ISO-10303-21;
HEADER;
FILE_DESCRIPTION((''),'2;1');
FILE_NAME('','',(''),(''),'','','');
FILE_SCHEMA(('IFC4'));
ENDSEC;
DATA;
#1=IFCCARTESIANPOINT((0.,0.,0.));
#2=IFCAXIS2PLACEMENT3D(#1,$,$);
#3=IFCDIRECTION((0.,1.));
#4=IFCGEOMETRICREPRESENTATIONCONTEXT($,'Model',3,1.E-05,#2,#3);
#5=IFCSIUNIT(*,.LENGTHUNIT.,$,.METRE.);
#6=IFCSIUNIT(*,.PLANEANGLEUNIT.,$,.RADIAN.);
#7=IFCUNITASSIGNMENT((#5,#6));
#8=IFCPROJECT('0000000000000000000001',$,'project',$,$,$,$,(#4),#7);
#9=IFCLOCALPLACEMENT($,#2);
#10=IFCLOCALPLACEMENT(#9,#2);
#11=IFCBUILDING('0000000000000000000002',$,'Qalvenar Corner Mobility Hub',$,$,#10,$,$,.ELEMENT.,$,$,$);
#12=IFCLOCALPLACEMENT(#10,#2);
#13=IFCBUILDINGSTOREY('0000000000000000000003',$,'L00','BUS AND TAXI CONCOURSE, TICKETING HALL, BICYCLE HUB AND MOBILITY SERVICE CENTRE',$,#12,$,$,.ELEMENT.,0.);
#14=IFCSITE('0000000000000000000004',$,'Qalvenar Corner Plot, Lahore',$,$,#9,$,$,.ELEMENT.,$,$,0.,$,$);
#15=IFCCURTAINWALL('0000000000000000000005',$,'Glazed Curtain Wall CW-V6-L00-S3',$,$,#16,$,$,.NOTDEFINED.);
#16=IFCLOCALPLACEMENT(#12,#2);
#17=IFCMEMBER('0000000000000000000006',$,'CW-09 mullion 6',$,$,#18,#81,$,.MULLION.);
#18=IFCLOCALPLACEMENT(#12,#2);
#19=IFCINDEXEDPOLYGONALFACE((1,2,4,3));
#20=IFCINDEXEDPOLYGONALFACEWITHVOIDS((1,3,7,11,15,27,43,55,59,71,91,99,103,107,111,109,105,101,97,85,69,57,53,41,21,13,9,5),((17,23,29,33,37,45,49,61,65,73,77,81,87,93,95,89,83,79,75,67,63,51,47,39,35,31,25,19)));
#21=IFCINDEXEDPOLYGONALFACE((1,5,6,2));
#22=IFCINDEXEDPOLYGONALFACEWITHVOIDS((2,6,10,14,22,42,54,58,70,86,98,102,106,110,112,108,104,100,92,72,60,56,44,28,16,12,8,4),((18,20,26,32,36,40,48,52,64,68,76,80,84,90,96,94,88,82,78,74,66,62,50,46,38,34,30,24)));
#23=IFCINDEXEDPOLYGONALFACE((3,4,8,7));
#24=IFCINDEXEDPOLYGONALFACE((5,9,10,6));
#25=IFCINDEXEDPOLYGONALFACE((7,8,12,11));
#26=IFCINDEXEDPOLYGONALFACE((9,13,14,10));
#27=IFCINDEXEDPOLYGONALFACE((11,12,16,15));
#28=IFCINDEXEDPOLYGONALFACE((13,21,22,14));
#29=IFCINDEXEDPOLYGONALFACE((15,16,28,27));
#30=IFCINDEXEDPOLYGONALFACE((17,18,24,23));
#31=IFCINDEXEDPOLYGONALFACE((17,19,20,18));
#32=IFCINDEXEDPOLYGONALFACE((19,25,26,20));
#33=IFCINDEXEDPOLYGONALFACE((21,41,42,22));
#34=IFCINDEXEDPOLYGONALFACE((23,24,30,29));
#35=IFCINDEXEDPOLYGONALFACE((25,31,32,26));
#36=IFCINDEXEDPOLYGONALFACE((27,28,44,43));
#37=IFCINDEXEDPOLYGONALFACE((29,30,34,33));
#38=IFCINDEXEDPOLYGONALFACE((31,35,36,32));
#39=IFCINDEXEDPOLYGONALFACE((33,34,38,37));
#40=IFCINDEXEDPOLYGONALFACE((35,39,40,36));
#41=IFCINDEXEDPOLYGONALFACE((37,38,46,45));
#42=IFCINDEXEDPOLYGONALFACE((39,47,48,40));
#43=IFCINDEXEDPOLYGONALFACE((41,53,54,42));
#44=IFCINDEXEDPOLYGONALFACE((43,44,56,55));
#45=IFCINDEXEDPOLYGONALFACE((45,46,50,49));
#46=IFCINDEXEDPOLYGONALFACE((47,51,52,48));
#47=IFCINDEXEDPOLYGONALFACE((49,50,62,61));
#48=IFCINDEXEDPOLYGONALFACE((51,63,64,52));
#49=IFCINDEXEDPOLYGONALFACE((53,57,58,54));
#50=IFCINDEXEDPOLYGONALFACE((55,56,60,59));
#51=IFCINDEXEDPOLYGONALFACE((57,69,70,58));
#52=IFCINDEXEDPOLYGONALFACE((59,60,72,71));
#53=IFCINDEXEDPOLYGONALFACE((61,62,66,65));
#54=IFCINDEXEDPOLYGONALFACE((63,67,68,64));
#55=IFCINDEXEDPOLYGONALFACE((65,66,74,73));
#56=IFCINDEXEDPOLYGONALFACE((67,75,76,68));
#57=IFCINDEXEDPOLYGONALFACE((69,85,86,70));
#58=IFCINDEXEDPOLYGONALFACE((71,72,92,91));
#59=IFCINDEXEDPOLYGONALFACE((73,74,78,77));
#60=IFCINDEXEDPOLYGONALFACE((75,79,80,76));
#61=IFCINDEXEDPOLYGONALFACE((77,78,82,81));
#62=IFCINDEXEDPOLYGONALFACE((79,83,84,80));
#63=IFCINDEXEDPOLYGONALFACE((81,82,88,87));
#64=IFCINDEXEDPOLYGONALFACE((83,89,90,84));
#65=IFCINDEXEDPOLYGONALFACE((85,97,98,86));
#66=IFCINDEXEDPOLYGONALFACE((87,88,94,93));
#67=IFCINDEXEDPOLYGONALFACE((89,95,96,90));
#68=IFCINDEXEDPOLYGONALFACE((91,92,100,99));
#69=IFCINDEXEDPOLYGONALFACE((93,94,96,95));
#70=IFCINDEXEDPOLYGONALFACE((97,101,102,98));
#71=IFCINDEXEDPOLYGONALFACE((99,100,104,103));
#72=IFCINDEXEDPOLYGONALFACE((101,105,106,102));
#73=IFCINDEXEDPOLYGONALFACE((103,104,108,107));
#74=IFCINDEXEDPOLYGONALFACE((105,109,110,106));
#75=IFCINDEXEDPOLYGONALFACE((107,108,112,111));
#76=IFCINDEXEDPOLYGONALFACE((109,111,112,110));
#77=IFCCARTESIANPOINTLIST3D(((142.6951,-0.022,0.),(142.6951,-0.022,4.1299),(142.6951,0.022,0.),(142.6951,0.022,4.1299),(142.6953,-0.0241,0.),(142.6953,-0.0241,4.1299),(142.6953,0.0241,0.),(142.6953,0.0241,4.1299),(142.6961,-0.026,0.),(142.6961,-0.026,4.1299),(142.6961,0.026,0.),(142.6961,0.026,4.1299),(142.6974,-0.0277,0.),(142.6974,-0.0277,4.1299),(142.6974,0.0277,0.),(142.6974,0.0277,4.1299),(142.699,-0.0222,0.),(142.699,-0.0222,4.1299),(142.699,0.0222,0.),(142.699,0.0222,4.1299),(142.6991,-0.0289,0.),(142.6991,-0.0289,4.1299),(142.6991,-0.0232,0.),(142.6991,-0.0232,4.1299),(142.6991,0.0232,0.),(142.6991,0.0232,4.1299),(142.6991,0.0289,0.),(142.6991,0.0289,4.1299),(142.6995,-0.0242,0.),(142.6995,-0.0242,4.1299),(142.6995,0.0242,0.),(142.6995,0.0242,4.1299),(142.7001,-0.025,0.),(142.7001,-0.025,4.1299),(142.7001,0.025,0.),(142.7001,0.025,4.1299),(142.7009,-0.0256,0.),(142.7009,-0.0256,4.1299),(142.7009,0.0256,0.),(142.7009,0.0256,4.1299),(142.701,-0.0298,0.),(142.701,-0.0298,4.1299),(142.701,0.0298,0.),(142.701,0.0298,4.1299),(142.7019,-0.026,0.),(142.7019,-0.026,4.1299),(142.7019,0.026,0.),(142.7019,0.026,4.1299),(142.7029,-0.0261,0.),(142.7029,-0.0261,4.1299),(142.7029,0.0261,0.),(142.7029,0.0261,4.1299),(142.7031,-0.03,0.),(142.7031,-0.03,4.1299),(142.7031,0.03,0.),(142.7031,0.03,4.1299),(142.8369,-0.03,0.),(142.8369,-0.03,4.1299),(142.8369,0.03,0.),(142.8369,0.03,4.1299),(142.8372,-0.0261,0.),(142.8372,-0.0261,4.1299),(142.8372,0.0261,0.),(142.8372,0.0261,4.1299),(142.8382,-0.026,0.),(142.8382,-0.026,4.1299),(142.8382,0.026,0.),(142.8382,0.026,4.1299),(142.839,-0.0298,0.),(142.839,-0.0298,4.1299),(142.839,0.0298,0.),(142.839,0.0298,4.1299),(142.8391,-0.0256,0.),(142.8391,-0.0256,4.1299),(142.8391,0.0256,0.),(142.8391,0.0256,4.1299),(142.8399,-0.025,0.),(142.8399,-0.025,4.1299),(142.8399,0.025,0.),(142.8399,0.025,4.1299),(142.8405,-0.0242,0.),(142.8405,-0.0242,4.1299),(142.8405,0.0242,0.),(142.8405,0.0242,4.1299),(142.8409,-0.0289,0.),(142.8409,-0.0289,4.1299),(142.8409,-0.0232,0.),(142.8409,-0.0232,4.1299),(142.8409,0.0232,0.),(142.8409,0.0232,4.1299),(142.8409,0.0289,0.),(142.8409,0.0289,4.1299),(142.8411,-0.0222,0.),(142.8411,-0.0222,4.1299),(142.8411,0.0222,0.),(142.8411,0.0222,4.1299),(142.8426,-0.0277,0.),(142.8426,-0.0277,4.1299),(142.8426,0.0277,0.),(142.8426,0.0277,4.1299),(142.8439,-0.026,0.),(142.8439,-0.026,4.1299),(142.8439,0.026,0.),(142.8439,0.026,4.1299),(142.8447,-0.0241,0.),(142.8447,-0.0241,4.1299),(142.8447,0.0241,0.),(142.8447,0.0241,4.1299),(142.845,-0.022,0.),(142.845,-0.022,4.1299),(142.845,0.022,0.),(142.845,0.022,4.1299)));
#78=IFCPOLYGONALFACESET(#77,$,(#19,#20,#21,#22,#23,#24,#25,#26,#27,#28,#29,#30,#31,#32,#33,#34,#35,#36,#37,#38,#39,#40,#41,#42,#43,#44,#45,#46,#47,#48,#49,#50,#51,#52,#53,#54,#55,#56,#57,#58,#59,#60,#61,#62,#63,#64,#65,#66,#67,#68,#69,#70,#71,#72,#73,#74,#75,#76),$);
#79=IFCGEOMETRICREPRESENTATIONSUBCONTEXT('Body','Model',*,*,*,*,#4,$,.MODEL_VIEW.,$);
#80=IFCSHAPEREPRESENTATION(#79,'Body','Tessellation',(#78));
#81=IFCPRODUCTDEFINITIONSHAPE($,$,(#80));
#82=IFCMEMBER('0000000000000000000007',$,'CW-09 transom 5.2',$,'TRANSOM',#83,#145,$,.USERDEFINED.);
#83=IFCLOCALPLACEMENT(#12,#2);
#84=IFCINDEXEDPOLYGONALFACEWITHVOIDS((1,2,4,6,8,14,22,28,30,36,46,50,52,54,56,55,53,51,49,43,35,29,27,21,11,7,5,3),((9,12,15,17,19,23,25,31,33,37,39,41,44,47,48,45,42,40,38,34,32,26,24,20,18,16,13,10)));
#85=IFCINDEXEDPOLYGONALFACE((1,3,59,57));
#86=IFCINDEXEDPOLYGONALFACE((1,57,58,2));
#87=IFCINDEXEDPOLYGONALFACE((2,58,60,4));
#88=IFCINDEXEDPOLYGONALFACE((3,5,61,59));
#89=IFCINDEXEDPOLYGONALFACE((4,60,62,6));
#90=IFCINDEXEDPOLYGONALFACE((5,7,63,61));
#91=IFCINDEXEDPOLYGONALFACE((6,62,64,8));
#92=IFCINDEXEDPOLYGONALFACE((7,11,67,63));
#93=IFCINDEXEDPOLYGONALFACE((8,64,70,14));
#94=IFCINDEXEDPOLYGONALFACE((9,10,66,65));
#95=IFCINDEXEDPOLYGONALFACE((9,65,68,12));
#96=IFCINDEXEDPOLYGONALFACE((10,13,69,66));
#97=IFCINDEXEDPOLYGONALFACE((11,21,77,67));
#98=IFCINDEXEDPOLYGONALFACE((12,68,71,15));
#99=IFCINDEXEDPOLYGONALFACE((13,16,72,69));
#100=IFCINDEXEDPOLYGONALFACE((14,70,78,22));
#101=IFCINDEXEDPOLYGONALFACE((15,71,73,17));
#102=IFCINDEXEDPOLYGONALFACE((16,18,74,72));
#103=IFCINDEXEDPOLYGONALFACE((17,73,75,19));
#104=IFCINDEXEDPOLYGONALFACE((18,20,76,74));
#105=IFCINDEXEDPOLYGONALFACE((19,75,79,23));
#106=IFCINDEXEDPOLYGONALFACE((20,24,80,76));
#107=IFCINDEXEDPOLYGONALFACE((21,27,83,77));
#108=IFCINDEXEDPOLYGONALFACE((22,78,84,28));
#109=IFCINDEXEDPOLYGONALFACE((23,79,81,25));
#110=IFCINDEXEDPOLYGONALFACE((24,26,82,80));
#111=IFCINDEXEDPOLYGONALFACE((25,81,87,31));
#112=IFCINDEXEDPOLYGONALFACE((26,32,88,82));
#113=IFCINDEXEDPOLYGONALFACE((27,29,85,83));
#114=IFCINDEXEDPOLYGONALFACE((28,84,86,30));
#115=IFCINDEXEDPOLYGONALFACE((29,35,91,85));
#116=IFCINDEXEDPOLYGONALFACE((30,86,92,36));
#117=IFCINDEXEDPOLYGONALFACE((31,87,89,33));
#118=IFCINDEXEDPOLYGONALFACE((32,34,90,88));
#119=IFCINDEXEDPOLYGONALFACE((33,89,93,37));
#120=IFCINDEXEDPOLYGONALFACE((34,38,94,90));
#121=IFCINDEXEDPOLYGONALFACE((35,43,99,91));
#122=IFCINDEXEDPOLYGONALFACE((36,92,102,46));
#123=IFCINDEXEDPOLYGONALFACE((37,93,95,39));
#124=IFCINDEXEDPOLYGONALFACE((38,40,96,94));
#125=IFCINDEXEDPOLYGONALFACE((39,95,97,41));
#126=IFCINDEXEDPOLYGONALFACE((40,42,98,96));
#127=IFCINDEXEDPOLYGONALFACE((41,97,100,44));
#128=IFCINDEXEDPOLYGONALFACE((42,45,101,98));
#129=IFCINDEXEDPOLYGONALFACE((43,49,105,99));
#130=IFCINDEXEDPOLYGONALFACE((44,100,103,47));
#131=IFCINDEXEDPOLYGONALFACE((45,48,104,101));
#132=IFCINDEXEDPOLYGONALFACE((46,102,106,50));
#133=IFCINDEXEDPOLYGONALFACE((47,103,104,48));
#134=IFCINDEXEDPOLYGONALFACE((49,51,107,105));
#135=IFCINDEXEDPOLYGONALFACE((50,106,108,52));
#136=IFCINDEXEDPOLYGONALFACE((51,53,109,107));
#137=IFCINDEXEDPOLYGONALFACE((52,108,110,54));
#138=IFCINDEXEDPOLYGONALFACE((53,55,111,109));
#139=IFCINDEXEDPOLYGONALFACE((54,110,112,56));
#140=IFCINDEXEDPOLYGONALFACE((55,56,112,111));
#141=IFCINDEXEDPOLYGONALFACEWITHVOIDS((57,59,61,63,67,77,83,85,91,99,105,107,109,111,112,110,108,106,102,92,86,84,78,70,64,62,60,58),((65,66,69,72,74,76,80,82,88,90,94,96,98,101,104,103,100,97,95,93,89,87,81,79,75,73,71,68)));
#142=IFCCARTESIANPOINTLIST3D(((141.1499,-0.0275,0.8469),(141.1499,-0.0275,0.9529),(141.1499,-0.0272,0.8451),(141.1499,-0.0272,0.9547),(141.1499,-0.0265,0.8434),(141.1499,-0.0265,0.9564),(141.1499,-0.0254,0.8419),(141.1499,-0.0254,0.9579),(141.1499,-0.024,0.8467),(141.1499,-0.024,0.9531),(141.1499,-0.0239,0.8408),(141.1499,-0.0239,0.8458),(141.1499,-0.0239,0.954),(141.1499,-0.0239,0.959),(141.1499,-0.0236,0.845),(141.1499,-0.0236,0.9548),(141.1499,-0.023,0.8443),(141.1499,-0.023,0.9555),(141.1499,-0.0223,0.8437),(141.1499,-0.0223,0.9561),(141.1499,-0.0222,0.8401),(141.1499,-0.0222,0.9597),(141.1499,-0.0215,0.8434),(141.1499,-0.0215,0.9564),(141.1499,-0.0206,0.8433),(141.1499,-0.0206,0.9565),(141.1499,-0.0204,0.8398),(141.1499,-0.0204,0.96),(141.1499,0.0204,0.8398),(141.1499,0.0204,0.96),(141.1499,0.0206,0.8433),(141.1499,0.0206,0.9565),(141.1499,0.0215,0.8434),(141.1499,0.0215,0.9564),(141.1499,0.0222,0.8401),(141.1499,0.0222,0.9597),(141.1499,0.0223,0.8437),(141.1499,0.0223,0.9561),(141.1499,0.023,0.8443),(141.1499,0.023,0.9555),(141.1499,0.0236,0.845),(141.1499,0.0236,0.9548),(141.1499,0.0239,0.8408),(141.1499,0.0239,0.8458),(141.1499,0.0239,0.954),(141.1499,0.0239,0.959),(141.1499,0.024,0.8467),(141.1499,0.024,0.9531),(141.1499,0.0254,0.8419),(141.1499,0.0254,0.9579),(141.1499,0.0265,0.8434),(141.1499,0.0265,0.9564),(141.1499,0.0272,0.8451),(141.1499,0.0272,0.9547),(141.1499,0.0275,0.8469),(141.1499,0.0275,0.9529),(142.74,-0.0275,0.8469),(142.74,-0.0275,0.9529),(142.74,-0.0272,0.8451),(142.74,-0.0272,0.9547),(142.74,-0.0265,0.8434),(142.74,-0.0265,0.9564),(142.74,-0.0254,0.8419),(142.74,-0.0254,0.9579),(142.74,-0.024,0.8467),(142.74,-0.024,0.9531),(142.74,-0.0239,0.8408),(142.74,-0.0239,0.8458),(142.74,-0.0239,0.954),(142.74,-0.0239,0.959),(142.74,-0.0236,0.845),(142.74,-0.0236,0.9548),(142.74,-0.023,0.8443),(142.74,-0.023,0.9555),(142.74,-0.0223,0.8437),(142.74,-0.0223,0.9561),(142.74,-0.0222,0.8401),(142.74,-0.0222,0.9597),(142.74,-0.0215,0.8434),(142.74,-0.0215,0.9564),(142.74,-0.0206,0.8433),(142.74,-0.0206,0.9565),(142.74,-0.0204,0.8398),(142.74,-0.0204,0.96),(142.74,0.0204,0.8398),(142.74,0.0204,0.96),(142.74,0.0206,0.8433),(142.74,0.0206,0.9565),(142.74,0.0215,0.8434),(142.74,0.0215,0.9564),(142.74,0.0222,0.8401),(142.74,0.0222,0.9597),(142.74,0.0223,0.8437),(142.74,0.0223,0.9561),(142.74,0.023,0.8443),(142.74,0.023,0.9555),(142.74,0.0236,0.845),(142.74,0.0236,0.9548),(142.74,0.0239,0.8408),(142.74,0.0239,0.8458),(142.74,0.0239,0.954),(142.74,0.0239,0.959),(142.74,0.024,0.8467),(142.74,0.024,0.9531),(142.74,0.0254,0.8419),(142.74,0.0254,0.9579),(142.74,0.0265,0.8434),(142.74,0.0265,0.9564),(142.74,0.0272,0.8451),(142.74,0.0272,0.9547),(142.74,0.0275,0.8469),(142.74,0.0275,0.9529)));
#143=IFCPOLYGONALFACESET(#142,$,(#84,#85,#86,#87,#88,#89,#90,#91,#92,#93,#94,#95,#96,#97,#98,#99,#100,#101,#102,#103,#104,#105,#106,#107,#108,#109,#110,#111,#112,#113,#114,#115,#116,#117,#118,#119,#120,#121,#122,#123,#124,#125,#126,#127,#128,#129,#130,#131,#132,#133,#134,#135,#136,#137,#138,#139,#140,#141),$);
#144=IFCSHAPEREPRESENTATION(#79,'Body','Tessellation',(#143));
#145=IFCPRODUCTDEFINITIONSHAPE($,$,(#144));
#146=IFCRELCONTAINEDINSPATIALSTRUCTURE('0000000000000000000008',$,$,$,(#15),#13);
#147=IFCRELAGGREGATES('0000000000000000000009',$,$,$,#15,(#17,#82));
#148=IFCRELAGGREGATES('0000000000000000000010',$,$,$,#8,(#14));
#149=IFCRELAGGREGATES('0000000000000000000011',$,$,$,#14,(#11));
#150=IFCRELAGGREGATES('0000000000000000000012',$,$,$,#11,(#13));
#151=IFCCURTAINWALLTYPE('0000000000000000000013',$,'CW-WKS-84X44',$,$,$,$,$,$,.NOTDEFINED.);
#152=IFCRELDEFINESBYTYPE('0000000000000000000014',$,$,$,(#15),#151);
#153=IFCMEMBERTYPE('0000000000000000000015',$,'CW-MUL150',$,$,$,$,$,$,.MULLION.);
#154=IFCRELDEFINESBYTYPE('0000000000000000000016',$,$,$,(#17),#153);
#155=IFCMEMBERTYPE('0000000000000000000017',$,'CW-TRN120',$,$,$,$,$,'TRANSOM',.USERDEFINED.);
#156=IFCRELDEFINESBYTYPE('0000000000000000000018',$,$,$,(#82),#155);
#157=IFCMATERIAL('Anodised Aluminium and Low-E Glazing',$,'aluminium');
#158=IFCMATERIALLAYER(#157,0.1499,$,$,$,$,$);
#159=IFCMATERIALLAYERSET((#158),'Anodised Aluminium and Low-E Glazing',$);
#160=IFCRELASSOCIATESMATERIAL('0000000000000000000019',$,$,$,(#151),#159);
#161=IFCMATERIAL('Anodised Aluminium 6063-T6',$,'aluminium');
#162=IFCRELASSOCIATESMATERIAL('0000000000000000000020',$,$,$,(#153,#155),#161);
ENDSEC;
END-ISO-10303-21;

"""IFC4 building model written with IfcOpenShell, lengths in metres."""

from ifc_helpers import new_model, si_unit, direction, frame, origin, origin_2d, place, context, subcontext, project, spatial, hollow_rectangle, extrude, material, layer, layer_set, material_profile, profile_set, type_object, element, aggregate, save


model = new_model("IFC4")

# Units and contexts
model_context = context("Model", 3, precision=1e-05, world=origin(), true_north=direction((0.0, 1.0)))
body_context = subcontext(model_context, "Body", "Model", "MODEL_VIEW")
ifc_project = project(units=[si_unit("LENGTHUNIT", "METRE"), si_unit("PLANEANGLEUNIT", "RADIAN")], contexts=[model_context])

# Site, building, storey
site_placement = place(None, origin())
site = spatial("IfcSite", under=ifc_project, at=site_placement, Name="Qalvenar Corner Plot, Lahore", CompositionType="ELEMENT", RefElevation=0.0)
building_placement = place(site_placement, origin())
building = spatial("IfcBuilding", under=site, at=building_placement, Name="Qalvenar Corner Mobility Hub", CompositionType="ELEMENT")
storey_placement = place(building_placement, origin())
storey = spatial("IfcBuildingStorey", under=building, at=storey_placement, Name="L00", Description="BUS AND TAXI CONCOURSE, TICKETING HALL, BICYCLE HUB AND MOBILITY SERVICE CENTRE", CompositionType="ELEMENT", Elevation=0.0)

# Curtain wall, members
ifc_material_1 = material(Name="Anodised Aluminium and Low-E Glazing", Category="aluminium")
ifc_layer_1 = layer(ifc_material_1, 0.1499)
ifc_layer_set_1 = layer_set([ifc_layer_1], Name="Anodised Aluminium and Low-E Glazing")
curtain_wall_type = type_object("IfcCurtainWallType", Name="CW-WKS-84X44", PredefinedType="NOTDEFINED", material=ifc_layer_set_1)
curtain_wall_placement = place(storey_placement, origin())
curtain_wall = element("IfcCurtainWall", 1, at=curtain_wall_placement, inside=storey, type_object=curtain_wall_type, Name="Glazed Curtain Wall CW-V6-L00-S3", PredefinedType="NOTDEFINED")
ifc_material_2 = material(Name="Anodised Aluminium 6063-T6", Category="aluminium")
ifc_material_profile_1 = material_profile(ifc_material_2, hollow_rectangle(XDim=0.0601, YDim=0.1499, WallThickness=0.0039, InnerFilletRadius=0.0039, OuterFilletRadius=0.0081, at=origin_2d()), Name="RHS150x60x4")
ifc_profile_set_1 = profile_set([ifc_material_profile_1], Name="Anodised Aluminium 6063-T6")
member_type_1 = type_object("IfcMemberType", Name="CW-MUL150", PredefinedType="MULLION", material=ifc_profile_set_1)
member_1_placement = place(storey_placement, frame((142.77, 0.0, 0.0), z_axis=(0.0, 0.0, 1.0), x_axis=(0.0, 1.0, 0.0)))
member_1 = element("IfcMember", 2, at=member_1_placement, type_object=member_type_1, Name="CW-09 mullion 6", PredefinedType="MULLION", context=body_context, shape_type="SweptSolid", body=[
    extrude(hollow_rectangle(XDim=0.0601, YDim=0.1499, WallThickness=0.0039, InnerFilletRadius=0.0039, OuterFilletRadius=0.0081, at=origin_2d()), origin(), (0.0, 0.0, 1.0), 4.1299),
])
ifc_material_profile_2 = material_profile(ifc_material_2, hollow_rectangle(XDim=0.0549, YDim=0.1201, WallThickness=0.0034, InnerFilletRadius=0.0034, OuterFilletRadius=0.0071, at=origin_2d()), Name="RHS120x55x3.5")
ifc_profile_set_2 = profile_set([ifc_material_profile_2], Name="Anodised Aluminium 6063-T6")
member_type_2 = type_object("IfcMemberType", Name="CW-TRN120", ElementType="TRANSOM", PredefinedType="USERDEFINED", material=ifc_profile_set_2)
member_2_placement = place(storey_placement, frame((141.1499, 0.0, 0.8999), z_axis=(1.0, 0.0, 0.0), x_axis=(0.0, 1.0, 0.0)))
member_2 = element("IfcMember", 3, at=member_2_placement, type_object=member_type_2, Name="CW-09 transom 5.2", ObjectType="TRANSOM", PredefinedType="USERDEFINED", context=body_context, shape_type="SweptSolid", body=[
    extrude(hollow_rectangle(XDim=0.0549, YDim=0.1201, WallThickness=0.0034, InnerFilletRadius=0.0034, OuterFilletRadius=0.0071, at=origin_2d()), origin(), (0.0, 0.0, 1.0), 1.5901),
])
aggregate(curtain_wall, [member_1, member_2])

save(model, "model.ifc")
